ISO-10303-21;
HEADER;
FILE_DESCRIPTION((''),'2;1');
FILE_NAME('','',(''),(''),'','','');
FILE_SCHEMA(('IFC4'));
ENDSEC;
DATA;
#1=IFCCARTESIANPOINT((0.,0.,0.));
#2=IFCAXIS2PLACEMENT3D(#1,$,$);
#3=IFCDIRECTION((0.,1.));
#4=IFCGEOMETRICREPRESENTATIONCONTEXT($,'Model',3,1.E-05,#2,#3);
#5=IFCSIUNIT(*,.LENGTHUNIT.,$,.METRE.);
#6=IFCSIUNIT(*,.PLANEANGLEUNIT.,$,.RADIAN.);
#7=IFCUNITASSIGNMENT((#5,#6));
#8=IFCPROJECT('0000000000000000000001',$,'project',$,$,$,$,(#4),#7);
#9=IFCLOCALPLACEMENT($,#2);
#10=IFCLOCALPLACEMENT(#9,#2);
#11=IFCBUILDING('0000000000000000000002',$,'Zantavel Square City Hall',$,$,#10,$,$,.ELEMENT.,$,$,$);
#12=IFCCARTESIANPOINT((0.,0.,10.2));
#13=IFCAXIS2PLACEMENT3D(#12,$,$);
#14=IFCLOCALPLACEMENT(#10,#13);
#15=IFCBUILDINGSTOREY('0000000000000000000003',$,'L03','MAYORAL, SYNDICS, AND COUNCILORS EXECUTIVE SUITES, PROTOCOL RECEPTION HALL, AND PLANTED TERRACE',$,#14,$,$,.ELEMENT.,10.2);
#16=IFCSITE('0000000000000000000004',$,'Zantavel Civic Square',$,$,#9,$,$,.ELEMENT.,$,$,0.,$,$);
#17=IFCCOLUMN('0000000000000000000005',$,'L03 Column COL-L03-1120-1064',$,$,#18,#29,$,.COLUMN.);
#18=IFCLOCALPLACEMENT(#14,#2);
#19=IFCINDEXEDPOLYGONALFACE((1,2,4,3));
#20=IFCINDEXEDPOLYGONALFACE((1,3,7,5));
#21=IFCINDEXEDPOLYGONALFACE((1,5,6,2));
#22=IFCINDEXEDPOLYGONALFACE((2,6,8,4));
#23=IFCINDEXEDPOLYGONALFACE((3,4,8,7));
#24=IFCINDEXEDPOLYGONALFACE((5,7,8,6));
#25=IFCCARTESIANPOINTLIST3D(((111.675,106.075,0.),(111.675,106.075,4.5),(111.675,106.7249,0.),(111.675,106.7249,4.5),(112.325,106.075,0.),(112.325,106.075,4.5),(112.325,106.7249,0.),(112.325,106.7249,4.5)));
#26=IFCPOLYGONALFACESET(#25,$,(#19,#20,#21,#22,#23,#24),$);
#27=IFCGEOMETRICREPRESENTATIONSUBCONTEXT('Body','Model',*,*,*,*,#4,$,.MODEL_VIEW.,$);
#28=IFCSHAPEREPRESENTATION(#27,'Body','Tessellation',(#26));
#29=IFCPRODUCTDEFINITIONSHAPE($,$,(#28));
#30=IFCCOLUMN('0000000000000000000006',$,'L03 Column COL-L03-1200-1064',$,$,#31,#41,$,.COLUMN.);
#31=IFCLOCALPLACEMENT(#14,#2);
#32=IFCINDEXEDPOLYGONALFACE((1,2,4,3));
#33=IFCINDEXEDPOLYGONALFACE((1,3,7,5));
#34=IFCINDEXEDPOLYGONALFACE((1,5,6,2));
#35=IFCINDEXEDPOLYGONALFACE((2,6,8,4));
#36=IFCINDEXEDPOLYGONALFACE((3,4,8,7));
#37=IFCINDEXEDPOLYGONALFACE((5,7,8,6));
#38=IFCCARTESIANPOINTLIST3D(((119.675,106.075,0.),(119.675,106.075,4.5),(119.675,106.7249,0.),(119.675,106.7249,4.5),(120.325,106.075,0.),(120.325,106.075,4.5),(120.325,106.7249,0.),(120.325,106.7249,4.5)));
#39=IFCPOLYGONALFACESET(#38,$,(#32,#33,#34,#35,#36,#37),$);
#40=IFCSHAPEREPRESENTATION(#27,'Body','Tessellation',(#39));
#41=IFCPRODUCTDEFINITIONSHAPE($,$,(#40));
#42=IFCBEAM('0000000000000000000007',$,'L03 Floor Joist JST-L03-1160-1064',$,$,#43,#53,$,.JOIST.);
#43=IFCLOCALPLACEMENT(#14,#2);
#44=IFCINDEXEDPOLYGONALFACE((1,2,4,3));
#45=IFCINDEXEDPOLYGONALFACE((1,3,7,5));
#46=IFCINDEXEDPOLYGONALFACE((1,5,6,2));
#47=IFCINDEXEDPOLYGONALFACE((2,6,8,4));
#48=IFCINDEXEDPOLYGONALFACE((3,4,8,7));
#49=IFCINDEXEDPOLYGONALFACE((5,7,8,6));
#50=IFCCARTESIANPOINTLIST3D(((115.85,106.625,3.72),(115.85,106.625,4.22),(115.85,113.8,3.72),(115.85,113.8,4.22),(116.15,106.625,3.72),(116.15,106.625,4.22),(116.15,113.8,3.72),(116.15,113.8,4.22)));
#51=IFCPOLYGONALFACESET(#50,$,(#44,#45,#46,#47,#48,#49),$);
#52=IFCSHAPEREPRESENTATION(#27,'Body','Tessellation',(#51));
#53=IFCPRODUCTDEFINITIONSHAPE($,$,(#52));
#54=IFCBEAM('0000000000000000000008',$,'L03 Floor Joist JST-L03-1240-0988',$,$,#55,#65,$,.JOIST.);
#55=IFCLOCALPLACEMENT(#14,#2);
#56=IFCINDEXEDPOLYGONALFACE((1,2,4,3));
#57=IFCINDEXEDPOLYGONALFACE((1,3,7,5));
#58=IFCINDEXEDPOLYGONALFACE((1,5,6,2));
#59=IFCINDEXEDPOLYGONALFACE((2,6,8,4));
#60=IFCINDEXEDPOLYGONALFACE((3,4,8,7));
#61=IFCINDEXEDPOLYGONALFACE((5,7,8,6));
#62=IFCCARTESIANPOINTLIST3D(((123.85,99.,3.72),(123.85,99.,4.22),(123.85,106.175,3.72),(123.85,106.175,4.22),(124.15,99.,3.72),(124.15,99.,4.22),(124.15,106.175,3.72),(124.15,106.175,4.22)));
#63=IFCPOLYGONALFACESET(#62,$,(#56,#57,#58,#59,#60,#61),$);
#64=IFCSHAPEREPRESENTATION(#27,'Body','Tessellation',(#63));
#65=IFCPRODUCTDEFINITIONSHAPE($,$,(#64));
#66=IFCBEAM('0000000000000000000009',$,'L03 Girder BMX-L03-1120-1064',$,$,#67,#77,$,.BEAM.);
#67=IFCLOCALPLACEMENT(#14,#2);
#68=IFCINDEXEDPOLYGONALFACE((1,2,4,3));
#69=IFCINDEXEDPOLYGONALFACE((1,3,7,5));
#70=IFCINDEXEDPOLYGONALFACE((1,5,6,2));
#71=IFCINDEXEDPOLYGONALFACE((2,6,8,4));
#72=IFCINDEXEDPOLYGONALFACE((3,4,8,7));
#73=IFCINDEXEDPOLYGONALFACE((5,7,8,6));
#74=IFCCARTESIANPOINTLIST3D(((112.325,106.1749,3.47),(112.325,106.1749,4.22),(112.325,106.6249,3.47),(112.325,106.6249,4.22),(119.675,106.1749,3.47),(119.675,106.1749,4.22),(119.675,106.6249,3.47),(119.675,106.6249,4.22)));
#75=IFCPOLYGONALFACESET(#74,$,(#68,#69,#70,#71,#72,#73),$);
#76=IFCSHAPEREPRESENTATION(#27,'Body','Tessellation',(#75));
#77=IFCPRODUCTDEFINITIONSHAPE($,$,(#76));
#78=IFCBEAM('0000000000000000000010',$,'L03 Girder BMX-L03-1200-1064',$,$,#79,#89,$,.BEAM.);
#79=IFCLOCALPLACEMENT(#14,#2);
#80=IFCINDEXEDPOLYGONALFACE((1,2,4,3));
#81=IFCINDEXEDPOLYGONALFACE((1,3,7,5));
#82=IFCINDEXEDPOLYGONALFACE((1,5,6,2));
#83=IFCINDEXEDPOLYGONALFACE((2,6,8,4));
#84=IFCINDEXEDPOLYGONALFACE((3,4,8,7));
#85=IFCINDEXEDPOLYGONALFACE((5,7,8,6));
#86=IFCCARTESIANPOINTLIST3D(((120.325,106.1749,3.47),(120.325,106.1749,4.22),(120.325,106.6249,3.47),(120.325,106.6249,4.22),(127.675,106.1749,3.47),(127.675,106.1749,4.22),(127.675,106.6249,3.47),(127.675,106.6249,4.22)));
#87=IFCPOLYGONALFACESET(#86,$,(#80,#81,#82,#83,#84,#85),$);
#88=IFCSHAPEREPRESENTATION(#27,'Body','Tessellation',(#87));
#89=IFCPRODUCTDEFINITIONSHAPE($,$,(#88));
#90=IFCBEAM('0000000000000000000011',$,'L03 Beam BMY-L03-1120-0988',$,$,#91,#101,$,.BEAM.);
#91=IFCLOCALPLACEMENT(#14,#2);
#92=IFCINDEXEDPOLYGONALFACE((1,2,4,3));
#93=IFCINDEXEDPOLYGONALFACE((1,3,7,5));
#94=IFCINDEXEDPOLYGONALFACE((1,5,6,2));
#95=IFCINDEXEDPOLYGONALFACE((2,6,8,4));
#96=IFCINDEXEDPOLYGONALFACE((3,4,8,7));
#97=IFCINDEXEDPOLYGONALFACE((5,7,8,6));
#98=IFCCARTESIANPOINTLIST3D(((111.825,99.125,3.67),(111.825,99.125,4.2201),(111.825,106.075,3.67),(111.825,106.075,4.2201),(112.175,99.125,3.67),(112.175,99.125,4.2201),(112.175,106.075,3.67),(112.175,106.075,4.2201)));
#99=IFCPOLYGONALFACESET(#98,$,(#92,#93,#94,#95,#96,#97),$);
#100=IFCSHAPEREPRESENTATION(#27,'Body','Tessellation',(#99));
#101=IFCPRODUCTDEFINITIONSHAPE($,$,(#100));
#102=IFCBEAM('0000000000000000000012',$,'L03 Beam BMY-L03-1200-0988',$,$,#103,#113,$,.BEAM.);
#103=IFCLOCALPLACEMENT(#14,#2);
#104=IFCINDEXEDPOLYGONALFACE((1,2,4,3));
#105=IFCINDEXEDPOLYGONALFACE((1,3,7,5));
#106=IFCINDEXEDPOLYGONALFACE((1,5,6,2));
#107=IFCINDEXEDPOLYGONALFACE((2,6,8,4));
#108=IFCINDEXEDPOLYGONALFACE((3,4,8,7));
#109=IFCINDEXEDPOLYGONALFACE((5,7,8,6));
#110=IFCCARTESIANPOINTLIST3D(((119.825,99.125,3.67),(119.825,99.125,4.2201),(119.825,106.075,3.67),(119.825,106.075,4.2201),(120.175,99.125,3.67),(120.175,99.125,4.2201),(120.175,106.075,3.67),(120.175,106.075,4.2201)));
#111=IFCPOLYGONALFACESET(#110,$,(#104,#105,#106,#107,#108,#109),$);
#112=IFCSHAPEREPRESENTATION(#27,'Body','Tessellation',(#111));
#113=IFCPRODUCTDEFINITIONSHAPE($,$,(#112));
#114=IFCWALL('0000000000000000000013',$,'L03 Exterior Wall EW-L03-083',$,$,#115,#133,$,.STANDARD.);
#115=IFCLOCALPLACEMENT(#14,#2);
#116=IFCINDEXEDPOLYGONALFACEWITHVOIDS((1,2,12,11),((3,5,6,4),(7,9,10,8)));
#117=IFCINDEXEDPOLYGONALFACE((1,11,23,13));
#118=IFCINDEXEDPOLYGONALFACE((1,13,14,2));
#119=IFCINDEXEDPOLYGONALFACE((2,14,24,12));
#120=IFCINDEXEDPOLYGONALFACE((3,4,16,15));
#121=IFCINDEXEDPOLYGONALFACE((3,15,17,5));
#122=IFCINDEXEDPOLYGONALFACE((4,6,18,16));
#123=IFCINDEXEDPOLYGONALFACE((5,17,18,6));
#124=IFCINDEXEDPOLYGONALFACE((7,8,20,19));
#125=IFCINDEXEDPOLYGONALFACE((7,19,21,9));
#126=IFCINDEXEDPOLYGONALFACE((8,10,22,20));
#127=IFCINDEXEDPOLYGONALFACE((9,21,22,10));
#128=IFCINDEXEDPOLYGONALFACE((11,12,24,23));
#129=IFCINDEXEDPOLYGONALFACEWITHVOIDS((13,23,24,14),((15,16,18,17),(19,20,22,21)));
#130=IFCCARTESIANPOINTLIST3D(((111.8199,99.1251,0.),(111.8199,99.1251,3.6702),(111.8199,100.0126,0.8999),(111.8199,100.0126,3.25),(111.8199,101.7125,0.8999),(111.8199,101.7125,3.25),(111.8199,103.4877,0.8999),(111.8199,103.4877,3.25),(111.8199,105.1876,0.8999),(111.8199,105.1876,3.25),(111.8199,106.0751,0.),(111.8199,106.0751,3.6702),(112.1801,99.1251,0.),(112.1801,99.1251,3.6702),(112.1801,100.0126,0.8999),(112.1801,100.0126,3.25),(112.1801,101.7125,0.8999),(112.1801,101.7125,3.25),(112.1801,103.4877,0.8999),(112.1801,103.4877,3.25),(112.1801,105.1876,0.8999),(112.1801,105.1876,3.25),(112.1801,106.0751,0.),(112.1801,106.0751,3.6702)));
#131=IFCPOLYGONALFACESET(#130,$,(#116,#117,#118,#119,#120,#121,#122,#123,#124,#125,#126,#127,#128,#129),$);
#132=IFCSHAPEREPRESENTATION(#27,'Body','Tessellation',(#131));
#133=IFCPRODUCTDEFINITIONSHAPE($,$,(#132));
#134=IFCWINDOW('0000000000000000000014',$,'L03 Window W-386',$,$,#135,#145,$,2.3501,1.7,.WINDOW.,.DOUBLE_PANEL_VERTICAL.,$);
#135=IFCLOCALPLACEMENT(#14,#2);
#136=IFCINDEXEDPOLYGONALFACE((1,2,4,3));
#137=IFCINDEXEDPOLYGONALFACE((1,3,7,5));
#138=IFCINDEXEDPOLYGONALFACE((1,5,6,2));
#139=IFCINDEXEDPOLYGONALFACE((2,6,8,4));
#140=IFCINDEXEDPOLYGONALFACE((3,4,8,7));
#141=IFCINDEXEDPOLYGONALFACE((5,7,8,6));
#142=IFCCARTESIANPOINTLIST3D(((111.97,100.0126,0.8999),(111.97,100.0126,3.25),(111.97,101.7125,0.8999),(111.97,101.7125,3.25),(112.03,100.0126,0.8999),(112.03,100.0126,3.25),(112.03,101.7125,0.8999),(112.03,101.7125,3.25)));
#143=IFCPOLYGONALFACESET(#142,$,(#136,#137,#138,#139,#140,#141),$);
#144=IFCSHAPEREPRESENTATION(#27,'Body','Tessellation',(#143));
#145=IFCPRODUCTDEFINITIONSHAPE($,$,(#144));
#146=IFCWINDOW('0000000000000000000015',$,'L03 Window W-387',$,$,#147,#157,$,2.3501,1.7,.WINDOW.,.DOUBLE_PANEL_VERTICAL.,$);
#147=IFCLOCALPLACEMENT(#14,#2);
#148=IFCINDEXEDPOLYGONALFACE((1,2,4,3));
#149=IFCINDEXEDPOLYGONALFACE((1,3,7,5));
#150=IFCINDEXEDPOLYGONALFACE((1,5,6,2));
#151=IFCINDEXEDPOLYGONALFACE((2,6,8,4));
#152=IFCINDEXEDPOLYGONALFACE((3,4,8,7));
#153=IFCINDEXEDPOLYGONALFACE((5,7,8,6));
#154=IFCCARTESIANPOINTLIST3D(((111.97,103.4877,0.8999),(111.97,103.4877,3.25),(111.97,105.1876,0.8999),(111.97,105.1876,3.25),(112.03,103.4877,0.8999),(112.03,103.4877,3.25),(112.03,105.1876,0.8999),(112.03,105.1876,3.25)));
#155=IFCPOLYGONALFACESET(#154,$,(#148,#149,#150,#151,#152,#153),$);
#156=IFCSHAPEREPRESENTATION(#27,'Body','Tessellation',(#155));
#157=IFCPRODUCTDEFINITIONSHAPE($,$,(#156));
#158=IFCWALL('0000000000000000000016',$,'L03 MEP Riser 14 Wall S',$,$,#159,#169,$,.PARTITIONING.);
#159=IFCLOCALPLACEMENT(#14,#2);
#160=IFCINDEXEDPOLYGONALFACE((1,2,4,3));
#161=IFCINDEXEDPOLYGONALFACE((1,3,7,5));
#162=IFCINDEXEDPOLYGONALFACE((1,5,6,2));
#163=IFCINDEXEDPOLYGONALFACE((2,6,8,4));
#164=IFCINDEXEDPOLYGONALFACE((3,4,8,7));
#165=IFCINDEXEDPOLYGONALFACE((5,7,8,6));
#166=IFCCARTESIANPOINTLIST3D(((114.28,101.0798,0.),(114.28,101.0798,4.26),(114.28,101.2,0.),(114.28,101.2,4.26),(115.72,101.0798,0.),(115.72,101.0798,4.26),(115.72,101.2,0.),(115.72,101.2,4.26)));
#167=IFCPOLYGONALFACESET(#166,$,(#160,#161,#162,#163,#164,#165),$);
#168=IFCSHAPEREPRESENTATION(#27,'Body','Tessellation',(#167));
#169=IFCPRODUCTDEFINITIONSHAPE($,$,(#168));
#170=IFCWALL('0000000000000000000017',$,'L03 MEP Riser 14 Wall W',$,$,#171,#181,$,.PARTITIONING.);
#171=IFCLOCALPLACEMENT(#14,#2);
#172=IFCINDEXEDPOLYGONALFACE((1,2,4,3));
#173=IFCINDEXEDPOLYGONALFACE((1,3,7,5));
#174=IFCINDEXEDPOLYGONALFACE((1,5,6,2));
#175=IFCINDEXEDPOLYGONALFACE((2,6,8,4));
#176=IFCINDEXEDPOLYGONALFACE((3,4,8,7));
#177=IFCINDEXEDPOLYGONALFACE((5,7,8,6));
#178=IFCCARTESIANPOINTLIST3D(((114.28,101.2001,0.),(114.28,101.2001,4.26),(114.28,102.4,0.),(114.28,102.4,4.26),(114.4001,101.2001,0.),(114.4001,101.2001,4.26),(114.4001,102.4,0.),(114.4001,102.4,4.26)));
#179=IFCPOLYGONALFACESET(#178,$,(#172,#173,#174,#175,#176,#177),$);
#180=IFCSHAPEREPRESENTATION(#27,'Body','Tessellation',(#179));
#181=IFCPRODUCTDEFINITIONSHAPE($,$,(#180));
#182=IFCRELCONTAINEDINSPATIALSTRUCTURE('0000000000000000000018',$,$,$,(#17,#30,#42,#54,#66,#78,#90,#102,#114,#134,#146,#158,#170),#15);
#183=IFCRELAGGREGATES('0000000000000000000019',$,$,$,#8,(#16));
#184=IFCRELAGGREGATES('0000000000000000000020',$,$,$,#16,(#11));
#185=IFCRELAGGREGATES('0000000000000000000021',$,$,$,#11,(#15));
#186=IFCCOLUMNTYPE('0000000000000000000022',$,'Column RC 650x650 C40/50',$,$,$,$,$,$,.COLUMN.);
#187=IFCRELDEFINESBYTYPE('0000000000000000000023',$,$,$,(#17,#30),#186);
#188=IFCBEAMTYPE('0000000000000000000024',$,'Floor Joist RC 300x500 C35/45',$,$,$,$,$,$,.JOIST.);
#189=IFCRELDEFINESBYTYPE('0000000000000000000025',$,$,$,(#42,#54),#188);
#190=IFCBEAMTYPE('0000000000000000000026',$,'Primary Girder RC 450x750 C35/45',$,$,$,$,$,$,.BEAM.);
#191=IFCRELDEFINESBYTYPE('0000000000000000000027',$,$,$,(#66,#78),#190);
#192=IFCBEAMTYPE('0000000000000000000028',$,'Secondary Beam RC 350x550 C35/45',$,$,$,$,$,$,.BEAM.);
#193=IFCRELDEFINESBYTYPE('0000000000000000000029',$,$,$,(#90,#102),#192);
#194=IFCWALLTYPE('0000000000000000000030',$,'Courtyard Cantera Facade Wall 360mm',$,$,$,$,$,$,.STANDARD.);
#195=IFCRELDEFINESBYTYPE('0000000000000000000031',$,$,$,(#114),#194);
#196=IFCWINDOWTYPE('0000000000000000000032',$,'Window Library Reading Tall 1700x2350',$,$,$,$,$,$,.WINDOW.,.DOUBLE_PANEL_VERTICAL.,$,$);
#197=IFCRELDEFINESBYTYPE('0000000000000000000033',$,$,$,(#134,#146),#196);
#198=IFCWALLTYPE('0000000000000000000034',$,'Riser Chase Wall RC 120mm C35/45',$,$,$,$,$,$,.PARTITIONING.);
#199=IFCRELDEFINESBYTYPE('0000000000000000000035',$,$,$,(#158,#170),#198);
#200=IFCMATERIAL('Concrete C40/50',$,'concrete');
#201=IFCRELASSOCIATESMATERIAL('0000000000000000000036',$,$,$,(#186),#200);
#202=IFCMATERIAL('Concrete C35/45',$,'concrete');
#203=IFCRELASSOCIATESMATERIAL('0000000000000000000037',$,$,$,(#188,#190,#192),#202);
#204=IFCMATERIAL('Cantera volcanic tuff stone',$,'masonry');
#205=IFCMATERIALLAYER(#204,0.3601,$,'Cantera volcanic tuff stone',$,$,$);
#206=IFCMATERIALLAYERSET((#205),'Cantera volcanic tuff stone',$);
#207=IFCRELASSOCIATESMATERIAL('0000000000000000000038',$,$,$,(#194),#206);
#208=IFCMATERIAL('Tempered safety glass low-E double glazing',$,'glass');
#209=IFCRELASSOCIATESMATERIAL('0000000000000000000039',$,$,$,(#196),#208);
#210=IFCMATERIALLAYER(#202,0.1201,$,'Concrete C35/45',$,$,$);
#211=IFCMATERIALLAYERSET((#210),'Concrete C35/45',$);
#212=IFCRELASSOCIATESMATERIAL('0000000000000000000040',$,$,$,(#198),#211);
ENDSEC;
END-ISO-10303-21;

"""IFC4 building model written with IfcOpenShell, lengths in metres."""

from ifc_helpers import new_model, si_unit, direction, frame, frame_2d, origin, origin_2d, place, context, subcontext, project, spatial, rectangle, extrude, material, layer, layer_set, material_profile, profile_set, type_object, element, fill, save


model = new_model("IFC4")

# Units and contexts
model_context = context("Model", 3, precision=1e-05, world=origin(), true_north=direction((0.0, 1.0)))
body_context = subcontext(model_context, "Body", "Model", "MODEL_VIEW")
ifc_project = project(units=[si_unit("LENGTHUNIT", "METRE"), si_unit("PLANEANGLEUNIT", "RADIAN")], contexts=[model_context])

# Site, building, storey
site_placement = place(None, origin())
site = spatial("IfcSite", under=ifc_project, at=site_placement, Name="Zantavel Civic Square", CompositionType="ELEMENT", RefElevation=0.0)
building_placement = place(site_placement, origin())
building = spatial("IfcBuilding", under=site, at=building_placement, Name="Zantavel Square City Hall", CompositionType="ELEMENT")
storey_placement = place(building_placement, frame((0.0, 0.0, 10.2)))
storey = spatial("IfcBuildingStorey", under=building, at=storey_placement, Name="L03", Description="MAYORAL, SYNDICS, AND COUNCILORS EXECUTIVE SUITES, PROTOCOL RECEPTION HALL, AND PLANTED TERRACE", CompositionType="ELEMENT", Elevation=10.2)

# Columns
ifc_material_1 = material(Name="Concrete C40/50", Category="concrete")
ifc_material_profile_1 = material_profile(ifc_material_1, rectangle(XDim=0.6499, YDim=0.6499, at=origin_2d()), Name="RC 650x650")
ifc_profile_set_1 = profile_set([ifc_material_profile_1], Name="Concrete C40/50")
column_type = type_object("IfcColumnType", Name="Column RC 650x650 C40/50", PredefinedType="COLUMN", material=ifc_profile_set_1)
for number, where, z_axis, x_axis, name in (
    (1, (112.0, 106.3999, 0.0), (0.0, 0.0, 1.0), (1.0, 0.0, 0.0), "L03 Column COL-L03-1120-1064"),
    (2, (120.0, 106.3999, 0.0), (0.0, 0.0, 1.0), (1.0, 0.0, 0.0), "L03 Column COL-L03-1200-1064"),
):
    element("IfcColumn", number, at=place(storey_placement, frame(where, z_axis=z_axis, x_axis=x_axis)), inside=storey, type_object=column_type, Name=name, PredefinedType="COLUMN", context=body_context, shape_type="SweptSolid", body=[
        extrude(rectangle(XDim=0.6499, YDim=0.6499, at=origin_2d()), origin(), (0.0, 0.0, 1.0), 4.5),
    ])

# Beams
ifc_material_2 = material(Name="Concrete C35/45", Category="concrete")
ifc_material_profile_2 = material_profile(ifc_material_2, rectangle(XDim=0.3, YDim=0.5, at=origin_2d()), Name="RC 300x500")
ifc_profile_set_2 = profile_set([ifc_material_profile_2], Name="Concrete C35/45")
beam_type_1 = type_object("IfcBeamType", Name="Floor Joist RC 300x500 C35/45", PredefinedType="JOIST", material=ifc_profile_set_2)
for number, where, z_axis, x_axis, name in (
    (3, (116.0, 106.625, 3.97), (0.0, 1.0, 0.0), (-1.0, 0.0, 0.0), "L03 Floor Joist JST-L03-1160-1064"),
    (4, (124.0, 99.0, 3.97), (0.0, 1.0, 0.0), (-1.0, 0.0, 0.0), "L03 Floor Joist JST-L03-1240-0988"),
):
    element("IfcBeam", number, at=place(storey_placement, frame(where, z_axis=z_axis, x_axis=x_axis)), inside=storey, type_object=beam_type_1, Name=name, PredefinedType="JOIST", context=body_context, shape_type="SweptSolid", body=[
        extrude(rectangle(XDim=0.3, YDim=0.5, at=origin_2d()), origin(), (0.0, 0.0, 1.0), 7.175),
    ])
ifc_material_profile_3 = material_profile(ifc_material_2, rectangle(XDim=0.45, YDim=0.75, at=origin_2d()), Name="RC 450x750")
ifc_profile_set_3 = profile_set([ifc_material_profile_3], Name="Concrete C35/45")
beam_type_2 = type_object("IfcBeamType", Name="Primary Girder RC 450x750 C35/45", PredefinedType="BEAM", material=ifc_profile_set_3)
for number, where, z_axis, x_axis, name in (
    (5, (112.325, 106.3999, 3.845), (1.0, 0.0, 0.0), (0.0, 1.0, 0.0), "L03 Girder BMX-L03-1120-1064"),
    (6, (120.325, 106.3999, 3.845), (1.0, 0.0, 0.0), (0.0, 1.0, 0.0), "L03 Girder BMX-L03-1200-1064"),
):
    element("IfcBeam", number, at=place(storey_placement, frame(where, z_axis=z_axis, x_axis=x_axis)), inside=storey, type_object=beam_type_2, Name=name, PredefinedType="BEAM", context=body_context, shape_type="SweptSolid", body=[
        extrude(rectangle(XDim=0.45, YDim=0.75, at=origin_2d()), origin(), (0.0, 0.0, 1.0), 7.3501),
    ])
ifc_material_profile_4 = material_profile(ifc_material_2, rectangle(XDim=0.3501, YDim=0.55, at=origin_2d()), Name="RC 350x550")
ifc_profile_set_4 = profile_set([ifc_material_profile_4], Name="Concrete C35/45")
beam_type_3 = type_object("IfcBeamType", Name="Secondary Beam RC 350x550 C35/45", PredefinedType="BEAM", material=ifc_profile_set_4)
for number, where, z_axis, x_axis, name in (
    (7, (112.0, 99.125, 3.9451), (0.0, 1.0, 0.0), (-1.0, 0.0, 0.0), "L03 Beam BMY-L03-1120-0988"),
    (8, (120.0, 99.125, 3.9451), (0.0, 1.0, 0.0), (-1.0, 0.0, 0.0), "L03 Beam BMY-L03-1200-0988"),
):
    element("IfcBeam", number, at=place(storey_placement, frame(where, z_axis=z_axis, x_axis=x_axis)), inside=storey, type_object=beam_type_3, Name=name, PredefinedType="BEAM", context=body_context, shape_type="SweptSolid", body=[
        extrude(rectangle(XDim=0.3501, YDim=0.55, at=origin_2d()), origin(), (0.0, 0.0, 1.0), 6.95),
    ])

# Wall, openings, windows
ifc_material_3 = material(Name="Cantera volcanic tuff stone", Category="masonry")
ifc_layer_1 = layer(ifc_material_3, 0.3601, Name="Cantera volcanic tuff stone")
ifc_layer_set_1 = layer_set([ifc_layer_1], Name="Cantera volcanic tuff stone")
wall_type_1 = type_object("IfcWallType", Name="Courtyard Cantera Facade Wall 360mm", PredefinedType="STANDARD", material=ifc_layer_set_1)
wall_1_placement = place(storey_placement, frame((112.0, 99.125, 0.0), z_axis=(0.0, 0.0, 1.0), x_axis=(0.0, 1.0, 0.0)))
wall_1 = element("IfcWall", 9, at=wall_1_placement, inside=storey, type_object=wall_type_1, Name="L03 Exterior Wall EW-L03-083", PredefinedType="STANDARD", context=body_context, shape_type="SweptSolid", body=[
    extrude(rectangle(XDim=6.95, YDim=0.3601, at=frame_2d((3.4751, 0.0))), origin(), (0.0, 0.0, 1.0), 3.6702),
])
opening_1_placement = place(wall_1_placement, frame((0.8875, 0.0, 0.8999)))
opening_1 = element("IfcOpeningElement", 10, at=opening_1_placement, cuts=wall_1, PredefinedType="OPENING", context=body_context, shape_type="SweptSolid", body=[
    extrude(rectangle(XDim=1.7, YDim=2.3501, at=frame_2d((0.8501, 1.175))), frame((0.0, 0.1899, 0.0), z_axis=(0.0, -1.0, 0.0), x_axis=(1.0, 0.0, 0.0)), (0.0, 0.0, 1.0), 0.3801),
])
opening_2_placement = place(wall_1_placement, frame((4.3625, 0.0, 0.8999)))
opening_2 = element("IfcOpeningElement", 11, at=opening_2_placement, cuts=wall_1, PredefinedType="OPENING", context=body_context, shape_type="SweptSolid", body=[
    extrude(rectangle(XDim=1.7, YDim=2.3501, at=frame_2d((0.8501, 1.175))), frame((0.0, 0.1899, 0.0), z_axis=(0.0, -1.0, 0.0), x_axis=(1.0, 0.0, 0.0)), (0.0, 0.0, 1.0), 0.3801),
])
ifc_material_4 = material(Name="Tempered safety glass low-E double glazing", Category="glass")
window_type = type_object("IfcWindowType", Name="Window Library Reading Tall 1700x2350", PartitioningType="DOUBLE_PANEL_VERTICAL", PredefinedType="WINDOW", material=ifc_material_4)
window_1_placement = place(opening_1_placement, origin())
window_1 = element("IfcWindow", 12, at=window_1_placement, inside=storey, type_object=window_type, Name="L03 Window W-386", OverallHeight=2.3501, OverallWidth=1.7, PartitioningType="DOUBLE_PANEL_VERTICAL", PredefinedType="WINDOW", context=body_context, shape_type="SweptSolid", body=[
    extrude(rectangle(XDim=1.7, YDim=2.3501, at=frame_2d((0.8501, 1.175))), frame((0.0, 0.03, 0.0), z_axis=(0.0, -1.0, 0.0), x_axis=(1.0, 0.0, 0.0)), (0.0, 0.0, 1.0), 0.0601),
])
fill(opening_1, window_1)
window_2_placement = place(opening_2_placement, origin())
window_2 = element("IfcWindow", 13, at=window_2_placement, inside=storey, type_object=window_type, Name="L03 Window W-387", OverallHeight=2.3501, OverallWidth=1.7, PartitioningType="DOUBLE_PANEL_VERTICAL", PredefinedType="WINDOW", context=body_context, shape_type="SweptSolid", body=[
    extrude(rectangle(XDim=1.7, YDim=2.3501, at=frame_2d((0.8501, 1.175))), frame((0.0, 0.03, 0.0), z_axis=(0.0, -1.0, 0.0), x_axis=(1.0, 0.0, 0.0)), (0.0, 0.0, 1.0), 0.0601),
])
fill(opening_2, window_2)

# Walls
ifc_layer_2 = layer(ifc_material_2, 0.1201, Name="Concrete C35/45")
ifc_layer_set_2 = layer_set([ifc_layer_2], Name="Concrete C35/45")
wall_type_2 = type_object("IfcWallType", Name="Riser Chase Wall RC 120mm C35/45", PredefinedType="PARTITIONING", material=ifc_layer_set_2)
wall_2_placement = place(storey_placement, frame((115.72, 101.1399, 0.0), z_axis=(0.0, 0.0, 1.0), x_axis=(-1.0, 0.0, 0.0)))
element("IfcWall", 14, at=wall_2_placement, inside=storey, type_object=wall_type_2, Name="L03 MEP Riser 14 Wall S", PredefinedType="PARTITIONING", context=body_context, shape_type="SweptSolid", body=[
    extrude(rectangle(XDim=1.4399, YDim=0.1201, at=frame_2d((0.72, 0.0))), origin(), (0.0, 0.0, 1.0), 4.26),
])
wall_3_placement = place(storey_placement, frame((114.3401, 101.2, 0.0), z_axis=(0.0, 0.0, 1.0), x_axis=(0.0, 1.0, 0.0)))
element("IfcWall", 15, at=wall_3_placement, inside=storey, type_object=wall_type_2, Name="L03 MEP Riser 14 Wall W", PredefinedType="PARTITIONING", context=body_context, shape_type="SweptSolid", body=[
    extrude(rectangle(XDim=1.2, YDim=0.1201, at=frame_2d((0.6001, 0.0))), origin(), (0.0, 0.0, 1.0), 4.26),
])

save(model, "model.ifc")
